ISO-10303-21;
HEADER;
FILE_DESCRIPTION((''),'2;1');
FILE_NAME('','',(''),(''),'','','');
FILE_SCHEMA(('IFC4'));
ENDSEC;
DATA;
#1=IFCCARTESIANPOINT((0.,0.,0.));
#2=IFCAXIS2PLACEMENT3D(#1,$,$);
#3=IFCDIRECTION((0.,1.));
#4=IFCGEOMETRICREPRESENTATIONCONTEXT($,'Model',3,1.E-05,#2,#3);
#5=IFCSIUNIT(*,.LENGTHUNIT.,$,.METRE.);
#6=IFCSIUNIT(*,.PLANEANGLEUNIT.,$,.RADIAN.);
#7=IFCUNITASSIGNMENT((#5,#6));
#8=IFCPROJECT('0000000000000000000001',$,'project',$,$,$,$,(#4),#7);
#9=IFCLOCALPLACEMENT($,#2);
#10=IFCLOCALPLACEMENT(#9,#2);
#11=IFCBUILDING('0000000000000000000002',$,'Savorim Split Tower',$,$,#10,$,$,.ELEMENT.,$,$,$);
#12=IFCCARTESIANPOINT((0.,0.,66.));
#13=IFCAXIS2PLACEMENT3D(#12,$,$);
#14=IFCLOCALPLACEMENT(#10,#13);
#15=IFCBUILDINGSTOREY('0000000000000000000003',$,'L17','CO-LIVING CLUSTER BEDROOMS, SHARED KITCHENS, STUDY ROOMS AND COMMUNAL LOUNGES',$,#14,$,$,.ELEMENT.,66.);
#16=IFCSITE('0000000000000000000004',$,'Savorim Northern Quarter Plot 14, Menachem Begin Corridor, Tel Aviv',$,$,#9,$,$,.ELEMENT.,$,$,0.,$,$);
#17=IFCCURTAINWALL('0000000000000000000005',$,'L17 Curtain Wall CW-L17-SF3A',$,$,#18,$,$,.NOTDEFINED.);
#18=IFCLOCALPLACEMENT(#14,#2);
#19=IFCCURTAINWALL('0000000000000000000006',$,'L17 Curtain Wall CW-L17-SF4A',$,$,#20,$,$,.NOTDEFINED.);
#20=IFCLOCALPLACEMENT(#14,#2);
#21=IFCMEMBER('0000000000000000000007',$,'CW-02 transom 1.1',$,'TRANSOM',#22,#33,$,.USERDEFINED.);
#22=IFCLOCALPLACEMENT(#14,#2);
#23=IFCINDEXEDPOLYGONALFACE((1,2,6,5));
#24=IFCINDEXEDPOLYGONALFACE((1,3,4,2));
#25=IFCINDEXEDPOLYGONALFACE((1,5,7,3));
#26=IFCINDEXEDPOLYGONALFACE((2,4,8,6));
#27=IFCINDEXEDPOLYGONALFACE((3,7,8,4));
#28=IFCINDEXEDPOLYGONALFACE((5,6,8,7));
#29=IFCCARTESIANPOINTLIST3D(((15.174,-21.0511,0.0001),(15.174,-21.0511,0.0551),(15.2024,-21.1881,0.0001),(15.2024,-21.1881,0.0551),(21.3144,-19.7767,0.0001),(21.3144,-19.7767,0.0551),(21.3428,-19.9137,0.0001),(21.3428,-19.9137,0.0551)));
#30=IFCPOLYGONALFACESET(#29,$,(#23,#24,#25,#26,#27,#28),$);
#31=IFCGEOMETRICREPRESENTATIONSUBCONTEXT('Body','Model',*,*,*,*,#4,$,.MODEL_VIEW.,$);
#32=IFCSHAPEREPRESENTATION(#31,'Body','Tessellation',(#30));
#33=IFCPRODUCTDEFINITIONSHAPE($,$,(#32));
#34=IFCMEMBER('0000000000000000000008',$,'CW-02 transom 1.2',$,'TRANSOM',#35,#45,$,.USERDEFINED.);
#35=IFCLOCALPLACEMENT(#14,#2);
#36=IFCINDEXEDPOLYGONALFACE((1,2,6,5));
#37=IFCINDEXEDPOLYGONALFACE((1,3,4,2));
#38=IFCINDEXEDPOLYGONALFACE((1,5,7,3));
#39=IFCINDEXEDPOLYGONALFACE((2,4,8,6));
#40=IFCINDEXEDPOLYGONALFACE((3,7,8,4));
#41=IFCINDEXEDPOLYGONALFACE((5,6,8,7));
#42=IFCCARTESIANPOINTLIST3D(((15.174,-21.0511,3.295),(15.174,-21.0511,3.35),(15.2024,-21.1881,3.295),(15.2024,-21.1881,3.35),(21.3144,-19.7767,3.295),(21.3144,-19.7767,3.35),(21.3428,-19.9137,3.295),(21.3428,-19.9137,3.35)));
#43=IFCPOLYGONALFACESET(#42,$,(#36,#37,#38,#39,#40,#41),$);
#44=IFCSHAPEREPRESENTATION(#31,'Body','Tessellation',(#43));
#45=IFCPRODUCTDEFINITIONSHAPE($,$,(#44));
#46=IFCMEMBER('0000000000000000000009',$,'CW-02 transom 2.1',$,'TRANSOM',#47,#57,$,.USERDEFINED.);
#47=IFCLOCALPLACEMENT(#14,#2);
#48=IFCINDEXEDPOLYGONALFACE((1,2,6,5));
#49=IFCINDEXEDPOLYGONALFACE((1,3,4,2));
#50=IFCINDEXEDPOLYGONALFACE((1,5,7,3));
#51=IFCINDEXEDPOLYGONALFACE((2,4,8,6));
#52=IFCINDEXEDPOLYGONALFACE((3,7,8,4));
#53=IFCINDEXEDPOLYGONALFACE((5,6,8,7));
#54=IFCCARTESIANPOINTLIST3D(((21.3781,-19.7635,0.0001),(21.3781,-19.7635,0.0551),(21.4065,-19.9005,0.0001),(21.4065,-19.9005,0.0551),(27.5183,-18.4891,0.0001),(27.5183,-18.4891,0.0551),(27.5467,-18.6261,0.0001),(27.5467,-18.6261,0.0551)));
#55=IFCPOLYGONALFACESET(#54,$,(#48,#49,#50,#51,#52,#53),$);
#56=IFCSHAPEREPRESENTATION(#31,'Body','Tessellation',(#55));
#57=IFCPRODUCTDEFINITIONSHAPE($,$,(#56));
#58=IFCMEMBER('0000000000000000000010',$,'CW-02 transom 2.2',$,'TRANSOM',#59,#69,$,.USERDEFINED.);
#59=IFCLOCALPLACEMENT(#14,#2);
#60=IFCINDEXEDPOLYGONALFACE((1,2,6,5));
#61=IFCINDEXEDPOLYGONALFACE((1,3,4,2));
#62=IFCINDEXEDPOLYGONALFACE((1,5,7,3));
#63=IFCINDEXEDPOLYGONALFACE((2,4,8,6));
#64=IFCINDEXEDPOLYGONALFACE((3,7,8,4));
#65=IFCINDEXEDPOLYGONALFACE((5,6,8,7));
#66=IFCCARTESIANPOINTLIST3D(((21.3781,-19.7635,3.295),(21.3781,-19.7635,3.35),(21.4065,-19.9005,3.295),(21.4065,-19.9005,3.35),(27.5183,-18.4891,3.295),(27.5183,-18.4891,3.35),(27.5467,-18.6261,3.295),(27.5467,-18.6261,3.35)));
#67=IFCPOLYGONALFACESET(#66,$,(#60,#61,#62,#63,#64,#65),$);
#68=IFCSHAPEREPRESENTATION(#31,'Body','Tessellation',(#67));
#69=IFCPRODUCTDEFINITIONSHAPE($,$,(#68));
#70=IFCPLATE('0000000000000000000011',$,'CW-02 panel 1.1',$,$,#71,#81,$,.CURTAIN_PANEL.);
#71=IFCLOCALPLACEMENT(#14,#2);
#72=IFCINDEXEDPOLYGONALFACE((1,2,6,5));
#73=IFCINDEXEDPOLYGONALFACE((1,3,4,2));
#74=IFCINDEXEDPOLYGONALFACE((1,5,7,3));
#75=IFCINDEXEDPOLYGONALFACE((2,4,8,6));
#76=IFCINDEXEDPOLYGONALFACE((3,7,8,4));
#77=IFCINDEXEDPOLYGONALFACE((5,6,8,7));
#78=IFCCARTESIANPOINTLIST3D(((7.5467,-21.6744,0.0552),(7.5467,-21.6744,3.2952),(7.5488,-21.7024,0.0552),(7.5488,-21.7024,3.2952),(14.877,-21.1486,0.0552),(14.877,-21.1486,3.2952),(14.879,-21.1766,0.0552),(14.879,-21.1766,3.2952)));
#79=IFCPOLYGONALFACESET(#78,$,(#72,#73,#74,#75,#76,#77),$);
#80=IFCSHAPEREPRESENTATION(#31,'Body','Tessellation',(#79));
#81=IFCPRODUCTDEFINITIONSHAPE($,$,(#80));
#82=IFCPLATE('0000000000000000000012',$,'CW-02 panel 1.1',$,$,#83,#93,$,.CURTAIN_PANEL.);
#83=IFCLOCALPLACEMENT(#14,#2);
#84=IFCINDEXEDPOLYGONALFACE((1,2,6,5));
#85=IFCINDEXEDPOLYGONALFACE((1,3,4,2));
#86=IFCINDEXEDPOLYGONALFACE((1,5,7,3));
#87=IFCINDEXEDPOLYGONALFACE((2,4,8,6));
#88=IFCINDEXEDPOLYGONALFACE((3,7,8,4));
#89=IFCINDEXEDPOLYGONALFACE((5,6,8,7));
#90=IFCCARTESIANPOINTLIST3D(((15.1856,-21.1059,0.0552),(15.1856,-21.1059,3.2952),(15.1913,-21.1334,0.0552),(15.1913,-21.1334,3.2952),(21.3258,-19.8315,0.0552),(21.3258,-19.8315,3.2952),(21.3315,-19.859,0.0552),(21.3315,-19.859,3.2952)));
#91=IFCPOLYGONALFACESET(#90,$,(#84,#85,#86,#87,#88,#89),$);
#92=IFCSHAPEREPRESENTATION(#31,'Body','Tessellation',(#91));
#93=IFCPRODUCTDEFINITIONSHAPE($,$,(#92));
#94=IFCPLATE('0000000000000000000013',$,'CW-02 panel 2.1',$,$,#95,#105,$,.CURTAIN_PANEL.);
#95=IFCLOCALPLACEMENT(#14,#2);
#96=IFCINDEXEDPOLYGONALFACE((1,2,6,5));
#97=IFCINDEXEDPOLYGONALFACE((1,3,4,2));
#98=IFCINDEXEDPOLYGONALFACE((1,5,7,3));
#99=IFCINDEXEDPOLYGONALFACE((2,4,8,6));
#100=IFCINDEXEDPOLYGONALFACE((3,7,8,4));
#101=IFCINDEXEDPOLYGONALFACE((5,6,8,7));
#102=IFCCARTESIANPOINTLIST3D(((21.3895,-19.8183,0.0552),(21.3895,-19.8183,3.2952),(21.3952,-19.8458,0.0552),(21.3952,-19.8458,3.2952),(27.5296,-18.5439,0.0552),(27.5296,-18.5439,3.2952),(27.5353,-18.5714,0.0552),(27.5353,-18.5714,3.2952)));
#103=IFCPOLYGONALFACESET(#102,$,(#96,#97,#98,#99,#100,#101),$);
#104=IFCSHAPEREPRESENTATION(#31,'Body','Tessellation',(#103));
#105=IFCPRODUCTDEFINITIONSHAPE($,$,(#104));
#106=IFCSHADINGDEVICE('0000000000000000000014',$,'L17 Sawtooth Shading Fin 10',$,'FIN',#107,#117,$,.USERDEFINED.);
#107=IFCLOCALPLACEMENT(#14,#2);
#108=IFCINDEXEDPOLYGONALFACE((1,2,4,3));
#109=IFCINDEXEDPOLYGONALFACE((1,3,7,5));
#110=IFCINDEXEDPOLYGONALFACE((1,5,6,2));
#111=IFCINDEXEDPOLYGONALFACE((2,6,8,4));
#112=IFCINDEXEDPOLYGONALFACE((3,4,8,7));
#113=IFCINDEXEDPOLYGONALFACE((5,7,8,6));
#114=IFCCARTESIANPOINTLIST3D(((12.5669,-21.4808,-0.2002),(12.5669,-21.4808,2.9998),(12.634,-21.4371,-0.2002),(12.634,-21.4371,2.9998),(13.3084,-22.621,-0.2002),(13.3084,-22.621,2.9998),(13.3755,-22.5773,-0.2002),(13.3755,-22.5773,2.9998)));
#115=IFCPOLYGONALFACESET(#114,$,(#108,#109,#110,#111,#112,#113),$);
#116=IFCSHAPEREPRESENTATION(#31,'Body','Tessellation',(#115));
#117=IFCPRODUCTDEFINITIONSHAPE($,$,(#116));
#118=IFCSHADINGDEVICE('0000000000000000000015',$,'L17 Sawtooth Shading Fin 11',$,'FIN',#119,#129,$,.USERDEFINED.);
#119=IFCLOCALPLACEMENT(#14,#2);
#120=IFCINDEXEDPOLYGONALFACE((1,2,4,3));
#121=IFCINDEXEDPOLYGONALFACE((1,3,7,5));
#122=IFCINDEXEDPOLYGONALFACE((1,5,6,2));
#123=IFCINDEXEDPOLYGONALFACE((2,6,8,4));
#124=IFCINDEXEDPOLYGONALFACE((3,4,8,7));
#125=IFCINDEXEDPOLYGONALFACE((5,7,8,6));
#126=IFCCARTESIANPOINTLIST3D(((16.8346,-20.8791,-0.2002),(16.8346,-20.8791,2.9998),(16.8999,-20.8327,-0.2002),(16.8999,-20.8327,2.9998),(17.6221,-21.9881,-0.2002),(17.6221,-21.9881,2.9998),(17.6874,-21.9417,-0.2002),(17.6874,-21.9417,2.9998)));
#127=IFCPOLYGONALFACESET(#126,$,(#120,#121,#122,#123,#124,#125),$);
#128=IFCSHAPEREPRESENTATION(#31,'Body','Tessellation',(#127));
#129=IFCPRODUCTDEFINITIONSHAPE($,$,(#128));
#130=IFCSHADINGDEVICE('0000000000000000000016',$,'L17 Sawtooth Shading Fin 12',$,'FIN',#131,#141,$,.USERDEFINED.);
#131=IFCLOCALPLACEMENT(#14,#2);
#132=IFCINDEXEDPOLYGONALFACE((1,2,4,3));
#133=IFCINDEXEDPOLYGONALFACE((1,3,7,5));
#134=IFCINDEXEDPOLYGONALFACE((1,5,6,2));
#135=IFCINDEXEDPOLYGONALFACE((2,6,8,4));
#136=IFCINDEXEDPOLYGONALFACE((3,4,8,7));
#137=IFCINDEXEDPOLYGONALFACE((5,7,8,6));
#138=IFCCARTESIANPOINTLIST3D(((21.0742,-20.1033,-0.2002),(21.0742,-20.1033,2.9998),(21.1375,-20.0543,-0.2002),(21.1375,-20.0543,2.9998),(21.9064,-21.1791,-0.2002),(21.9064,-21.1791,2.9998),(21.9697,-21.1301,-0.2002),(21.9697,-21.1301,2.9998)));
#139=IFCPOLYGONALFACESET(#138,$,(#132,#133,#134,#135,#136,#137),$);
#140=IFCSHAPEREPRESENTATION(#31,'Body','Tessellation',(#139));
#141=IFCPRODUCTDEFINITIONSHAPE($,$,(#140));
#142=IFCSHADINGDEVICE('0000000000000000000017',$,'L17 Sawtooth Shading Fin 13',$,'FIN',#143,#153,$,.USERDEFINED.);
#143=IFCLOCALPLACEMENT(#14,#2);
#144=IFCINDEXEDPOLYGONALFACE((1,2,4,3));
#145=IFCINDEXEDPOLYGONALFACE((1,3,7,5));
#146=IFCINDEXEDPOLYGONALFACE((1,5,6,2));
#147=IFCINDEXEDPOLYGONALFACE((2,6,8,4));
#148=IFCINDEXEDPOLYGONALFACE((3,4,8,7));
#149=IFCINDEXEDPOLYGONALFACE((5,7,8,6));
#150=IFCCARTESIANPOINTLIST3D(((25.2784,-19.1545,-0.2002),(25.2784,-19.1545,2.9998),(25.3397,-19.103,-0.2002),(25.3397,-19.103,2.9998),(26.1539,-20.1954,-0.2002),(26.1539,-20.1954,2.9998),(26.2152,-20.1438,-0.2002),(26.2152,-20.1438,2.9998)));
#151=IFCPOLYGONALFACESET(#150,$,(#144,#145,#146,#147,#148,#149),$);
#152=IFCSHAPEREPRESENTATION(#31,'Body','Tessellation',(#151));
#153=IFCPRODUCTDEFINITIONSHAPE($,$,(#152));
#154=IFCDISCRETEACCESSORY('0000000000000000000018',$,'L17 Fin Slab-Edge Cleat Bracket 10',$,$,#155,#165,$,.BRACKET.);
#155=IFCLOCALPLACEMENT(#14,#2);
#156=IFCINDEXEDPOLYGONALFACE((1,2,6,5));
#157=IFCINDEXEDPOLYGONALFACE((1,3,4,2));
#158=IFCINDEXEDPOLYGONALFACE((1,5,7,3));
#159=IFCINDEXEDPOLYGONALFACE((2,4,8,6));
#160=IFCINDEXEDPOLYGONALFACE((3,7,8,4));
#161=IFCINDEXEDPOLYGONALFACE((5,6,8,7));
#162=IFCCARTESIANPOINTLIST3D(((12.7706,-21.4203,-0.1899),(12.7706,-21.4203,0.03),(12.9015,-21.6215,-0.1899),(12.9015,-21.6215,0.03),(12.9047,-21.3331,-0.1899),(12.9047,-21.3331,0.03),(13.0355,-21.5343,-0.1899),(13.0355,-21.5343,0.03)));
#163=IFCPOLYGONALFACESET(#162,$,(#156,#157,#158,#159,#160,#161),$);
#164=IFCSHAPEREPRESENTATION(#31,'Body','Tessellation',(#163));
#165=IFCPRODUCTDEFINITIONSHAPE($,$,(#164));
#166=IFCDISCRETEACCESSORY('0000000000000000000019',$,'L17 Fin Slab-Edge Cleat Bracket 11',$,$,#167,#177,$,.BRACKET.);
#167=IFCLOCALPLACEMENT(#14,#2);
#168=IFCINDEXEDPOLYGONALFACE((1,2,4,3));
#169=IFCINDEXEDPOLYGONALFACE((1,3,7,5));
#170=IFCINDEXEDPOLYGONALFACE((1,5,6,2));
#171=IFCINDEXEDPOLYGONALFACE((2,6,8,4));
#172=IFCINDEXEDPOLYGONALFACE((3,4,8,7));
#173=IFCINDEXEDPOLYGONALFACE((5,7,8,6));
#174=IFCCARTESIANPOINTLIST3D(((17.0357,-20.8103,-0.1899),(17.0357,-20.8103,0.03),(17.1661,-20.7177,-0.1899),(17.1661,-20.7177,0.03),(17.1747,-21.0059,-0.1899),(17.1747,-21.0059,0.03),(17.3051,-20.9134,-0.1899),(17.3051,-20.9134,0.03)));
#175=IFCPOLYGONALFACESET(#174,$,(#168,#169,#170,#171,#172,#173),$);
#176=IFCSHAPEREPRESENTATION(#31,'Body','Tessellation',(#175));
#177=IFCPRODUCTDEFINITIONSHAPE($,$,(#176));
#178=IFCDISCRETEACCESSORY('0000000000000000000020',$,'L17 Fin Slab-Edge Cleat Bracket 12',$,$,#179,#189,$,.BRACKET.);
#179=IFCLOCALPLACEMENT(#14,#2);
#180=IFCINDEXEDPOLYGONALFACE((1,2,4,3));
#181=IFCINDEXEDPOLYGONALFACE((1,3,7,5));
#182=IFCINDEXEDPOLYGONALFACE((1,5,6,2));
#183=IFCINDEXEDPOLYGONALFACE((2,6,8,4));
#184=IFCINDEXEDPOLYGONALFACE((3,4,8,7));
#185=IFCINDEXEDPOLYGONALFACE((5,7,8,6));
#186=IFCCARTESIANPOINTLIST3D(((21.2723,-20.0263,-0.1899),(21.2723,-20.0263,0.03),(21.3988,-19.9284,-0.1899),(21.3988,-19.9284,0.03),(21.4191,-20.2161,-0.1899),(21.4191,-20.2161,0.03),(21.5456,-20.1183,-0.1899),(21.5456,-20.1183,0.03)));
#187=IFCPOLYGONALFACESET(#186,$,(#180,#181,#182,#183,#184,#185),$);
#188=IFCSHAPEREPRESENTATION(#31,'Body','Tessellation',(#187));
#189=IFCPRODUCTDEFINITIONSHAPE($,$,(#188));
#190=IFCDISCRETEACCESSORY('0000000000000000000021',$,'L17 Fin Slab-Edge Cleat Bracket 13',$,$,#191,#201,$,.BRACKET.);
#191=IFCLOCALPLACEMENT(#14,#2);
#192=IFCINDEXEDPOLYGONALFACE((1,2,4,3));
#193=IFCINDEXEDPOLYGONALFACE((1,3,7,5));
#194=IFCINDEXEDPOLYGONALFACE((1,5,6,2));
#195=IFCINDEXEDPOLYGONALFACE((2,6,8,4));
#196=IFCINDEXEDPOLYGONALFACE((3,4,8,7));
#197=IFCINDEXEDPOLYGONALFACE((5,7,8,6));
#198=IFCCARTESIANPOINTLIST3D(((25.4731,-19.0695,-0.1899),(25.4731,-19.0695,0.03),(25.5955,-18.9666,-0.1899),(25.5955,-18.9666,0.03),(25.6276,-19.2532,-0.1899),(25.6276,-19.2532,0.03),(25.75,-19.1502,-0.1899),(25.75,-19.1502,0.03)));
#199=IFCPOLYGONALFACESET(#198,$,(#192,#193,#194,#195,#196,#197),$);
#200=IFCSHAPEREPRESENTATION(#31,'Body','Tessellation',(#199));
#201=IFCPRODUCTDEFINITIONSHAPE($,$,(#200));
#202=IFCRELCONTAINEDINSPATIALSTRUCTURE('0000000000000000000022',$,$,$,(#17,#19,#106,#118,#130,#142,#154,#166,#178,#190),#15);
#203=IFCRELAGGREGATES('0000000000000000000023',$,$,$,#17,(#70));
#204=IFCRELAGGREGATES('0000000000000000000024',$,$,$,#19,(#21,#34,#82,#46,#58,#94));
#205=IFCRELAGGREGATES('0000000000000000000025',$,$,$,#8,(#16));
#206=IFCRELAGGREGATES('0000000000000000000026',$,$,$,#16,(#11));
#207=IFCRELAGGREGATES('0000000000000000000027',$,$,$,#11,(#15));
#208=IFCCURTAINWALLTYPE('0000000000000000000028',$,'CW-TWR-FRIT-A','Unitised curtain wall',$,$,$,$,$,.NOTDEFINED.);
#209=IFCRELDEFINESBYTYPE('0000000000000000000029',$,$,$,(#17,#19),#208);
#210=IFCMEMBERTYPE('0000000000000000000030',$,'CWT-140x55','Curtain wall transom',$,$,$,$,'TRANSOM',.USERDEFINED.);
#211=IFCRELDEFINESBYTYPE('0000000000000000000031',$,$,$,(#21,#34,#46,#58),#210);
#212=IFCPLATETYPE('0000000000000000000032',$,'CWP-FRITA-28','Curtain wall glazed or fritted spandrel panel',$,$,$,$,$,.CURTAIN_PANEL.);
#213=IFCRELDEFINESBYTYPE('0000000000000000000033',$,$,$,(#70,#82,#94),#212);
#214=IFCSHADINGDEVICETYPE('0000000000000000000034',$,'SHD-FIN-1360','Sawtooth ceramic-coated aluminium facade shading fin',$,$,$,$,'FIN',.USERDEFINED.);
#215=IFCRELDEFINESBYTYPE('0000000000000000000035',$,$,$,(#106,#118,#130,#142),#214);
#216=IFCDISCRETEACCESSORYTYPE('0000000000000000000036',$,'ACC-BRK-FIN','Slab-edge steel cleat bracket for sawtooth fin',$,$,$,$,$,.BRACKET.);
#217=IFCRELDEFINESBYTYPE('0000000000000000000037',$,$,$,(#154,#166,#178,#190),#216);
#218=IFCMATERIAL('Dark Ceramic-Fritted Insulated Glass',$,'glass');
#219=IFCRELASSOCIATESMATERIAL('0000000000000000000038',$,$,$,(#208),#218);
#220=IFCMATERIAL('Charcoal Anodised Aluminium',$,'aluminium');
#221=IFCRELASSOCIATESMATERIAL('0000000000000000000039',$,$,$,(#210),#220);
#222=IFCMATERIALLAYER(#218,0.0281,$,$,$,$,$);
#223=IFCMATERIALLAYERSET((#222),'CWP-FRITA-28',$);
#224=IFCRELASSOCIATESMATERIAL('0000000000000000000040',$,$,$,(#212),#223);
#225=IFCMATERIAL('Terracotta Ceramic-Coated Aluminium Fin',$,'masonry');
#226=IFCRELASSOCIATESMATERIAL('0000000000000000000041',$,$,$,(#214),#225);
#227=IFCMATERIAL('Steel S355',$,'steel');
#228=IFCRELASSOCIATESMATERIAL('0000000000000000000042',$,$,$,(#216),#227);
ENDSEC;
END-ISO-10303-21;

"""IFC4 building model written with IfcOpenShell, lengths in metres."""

from ifc_helpers import new_model, si_unit, direction, frame, origin, origin_2d, place, context, subcontext, project, spatial, rectangle, extrude, material, layer, layer_set, material_profile, profile_set, type_object, element, aggregate, save


model = new_model("IFC4")

# Units and contexts
model_context = context("Model", 3, precision=1e-05, world=origin(), true_north=direction((0.0, 1.0)))
body_context = subcontext(model_context, "Body", "Model", "MODEL_VIEW")
ifc_project = project(units=[si_unit("LENGTHUNIT", "METRE"), si_unit("PLANEANGLEUNIT", "RADIAN")], contexts=[model_context])

# Site, building, storey
site_placement = place(None, origin())
site = spatial("IfcSite", under=ifc_project, at=site_placement, Name="Savorim Northern Quarter Plot 14, Menachem Begin Corridor, Tel Aviv", CompositionType="ELEMENT", RefElevation=0.0)
building_placement = place(site_placement, origin())
building = spatial("IfcBuilding", under=site, at=building_placement, Name="Savorim Split Tower", CompositionType="ELEMENT")
storey_placement = place(building_placement, frame((0.0, 0.0, 66.0)))
storey = spatial("IfcBuildingStorey", under=building, at=storey_placement, Name="L17", Description="CO-LIVING CLUSTER BEDROOMS, SHARED KITCHENS, STUDY ROOMS AND COMMUNAL LOUNGES", CompositionType="ELEMENT", Elevation=66.0)

# Shared definitions
ifc_material_1 = material(Name="Steel S355", Category="steel")

# Curtain wall
ifc_material_2 = material(Name="Dark Ceramic-Fritted Insulated Glass", Category="glass")
curtain_wall_type = type_object("IfcCurtainWallType", Name="CW-TWR-FRIT-A", Description="Unitised curtain wall", PredefinedType="NOTDEFINED", material=ifc_material_2)
curtain_wall_1_placement = place(storey_placement, origin())
curtain_wall_1 = element("IfcCurtainWall", 1, at=curtain_wall_1_placement, inside=storey, type_object=curtain_wall_type, Name="L17 Curtain Wall CW-L17-SF3A", PredefinedType="NOTDEFINED")
ifc_material_3 = material(Name="Charcoal Anodised Aluminium", Category="aluminium")

# Curtain wall, members
curtain_wall_2_placement = place(storey_placement, origin())
curtain_wall_2 = element("IfcCurtainWall", 2, at=curtain_wall_2_placement, inside=storey, type_object=curtain_wall_type, Name="L17 Curtain Wall CW-L17-SF4A", PredefinedType="NOTDEFINED")
ifc_material_profile_1 = material_profile(ifc_material_3, rectangle(XDim=0.1399, YDim=0.0549, at=origin_2d()), Name="ALU-T 140x55")
ifc_profile_set_1 = profile_set([ifc_material_profile_1], Name="Charcoal Anodised Aluminium")
member_type_1 = type_object("IfcMemberType", Name="CWT-140x55", Description="Curtain wall transom", ElementType="TRANSOM", PredefinedType="USERDEFINED", material=ifc_profile_set_1)
member_1_placement = place(storey_placement, frame((15.1882, -21.1196, 0.0276), z_axis=(0.979134, 0.203216, 0.0), x_axis=(-0.203216, 0.979134, 0.0)))
member_1 = element("IfcMember", 3, at=member_1_placement, type_object=member_type_1, Name="CW-02 transom 1.1", ObjectType="TRANSOM", PredefinedType="USERDEFINED", context=body_context, shape_type="SweptSolid", body=[
    extrude(rectangle(XDim=0.1399, YDim=0.0549, at=origin_2d()), origin(), (0.0, 0.0, 1.0), 6.2712),
])
member_2_placement = place(storey_placement, frame((15.1882, -21.1196, 3.3225), z_axis=(0.979134, 0.203216, 0.0), x_axis=(-0.203216, 0.979134, 0.0)))
member_2 = element("IfcMember", 4, at=member_2_placement, type_object=member_type_1, Name="CW-02 transom 1.2", ObjectType="TRANSOM", PredefinedType="USERDEFINED", context=body_context, shape_type="SweptSolid", body=[
    extrude(rectangle(XDim=0.1399, YDim=0.0549, at=origin_2d()), origin(), (0.0, 0.0, 1.0), 6.2712),
])
member_3_placement = place(storey_placement, frame((21.3923, -19.832, 0.0276), z_axis=(0.979132, 0.203223, 0.0), x_axis=(-0.203223, 0.979132, 0.0)))
member_3 = element("IfcMember", 5, at=member_3_placement, type_object=member_type_1, Name="CW-02 transom 2.1", ObjectType="TRANSOM", PredefinedType="USERDEFINED", context=body_context, shape_type="SweptSolid", body=[
    extrude(rectangle(XDim=0.1399, YDim=0.0549, at=origin_2d()), origin(), (0.0, 0.0, 1.0), 6.271),
])
member_4_placement = place(storey_placement, frame((21.3923, -19.832, 3.3225), z_axis=(0.979132, 0.203223, 0.0), x_axis=(-0.203223, 0.979132, 0.0)))
member_4 = element("IfcMember", 6, at=member_4_placement, type_object=member_type_1, Name="CW-02 transom 2.2", ObjectType="TRANSOM", PredefinedType="USERDEFINED", context=body_context, shape_type="SweptSolid", body=[
    extrude(rectangle(XDim=0.1399, YDim=0.0549, at=origin_2d()), origin(), (0.0, 0.0, 1.0), 6.271),
])

# Plates
ifc_layer = layer(ifc_material_2, 0.0281)
ifc_layer_set = layer_set([ifc_layer], Name="CWP-FRITA-28")
plate_type = type_object("IfcPlateType", Name="CWP-FRITA-28", Description="Curtain wall glazed or fritted spandrel panel", PredefinedType="CURTAIN_PANEL", material=ifc_layer_set)
plate_1_placement = place(storey_placement, frame((11.2129, -21.4255, 0.0552), z_axis=(0.0, 0.0, 1.0), x_axis=(0.997437, 0.071546, 0.0)))
plate_1 = element("IfcPlate", 7, at=plate_1_placement, type_object=plate_type, Name="CW-02 panel 1.1", PredefinedType="CURTAIN_PANEL", context=body_context, shape_type="SweptSolid", body=[
    extrude(rectangle(XDim=7.3491, YDim=0.0281, at=origin_2d()), origin(), (0.0, 0.0, 1.0), 3.24),
])
aggregate(curtain_wall_1, [plate_1])
plate_2_placement = place(storey_placement, frame((18.2585, -20.4824, 0.0552), z_axis=(0.0, 0.0, 1.0), x_axis=(0.979134, 0.203216, 0.0)))
plate_2 = element("IfcPlate", 8, at=plate_2_placement, type_object=plate_type, Name="CW-02 panel 1.1", PredefinedType="CURTAIN_PANEL", context=body_context, shape_type="SweptSolid", body=[
    extrude(rectangle(XDim=6.271, YDim=0.0281, at=origin_2d()), origin(), (0.0, 0.0, 1.0), 3.24),
])
plate_3_placement = place(storey_placement, frame((24.4624, -19.1948, 0.0552), z_axis=(0.0, 0.0, 1.0), x_axis=(0.979134, 0.203216, 0.0)))
plate_3 = element("IfcPlate", 9, at=plate_3_placement, type_object=plate_type, Name="CW-02 panel 2.1", PredefinedType="CURTAIN_PANEL", context=body_context, shape_type="SweptSolid", body=[
    extrude(rectangle(XDim=6.271, YDim=0.0281, at=origin_2d()), origin(), (0.0, 0.0, 1.0), 3.24),
])
aggregate(curtain_wall_2, [member_1, member_2, plate_2, member_3, member_4, plate_3])

# Shading devices
ifc_material_4 = material(Name="Terracotta Ceramic-Coated Aluminium Fin", Category="masonry")
shading_device_type = type_object("IfcShadingDeviceType", Name="SHD-FIN-1360", Description="Sawtooth ceramic-coated aluminium facade shading fin", ElementType="FIN", PredefinedType="USERDEFINED", material=ifc_material_4)
for number, where, z_axis, x_axis, name in (
    (10, (12.9712, -22.0291, -0.2002), (0.0, 0.0, 1.0), (0.545148, -0.83834, 0.0), "L17 Sawtooth Shading Fin 10"),
    (11, (17.261, -21.4104, -0.2002), (0.0, 0.0, 1.0), (0.578994, -0.815332, 0.0), "L17 Sawtooth Shading Fin 11"),
    (12, (21.522, -20.6167, -0.2002), (0.0, 0.0, 1.0), (0.611868, -0.79096, 0.0), "L17 Sawtooth Shading Fin 12"),
    (13, (25.7468, -19.6492, -0.2002), (0.0, 0.0, 1.0), (0.643719, -0.765262, 0.0), "L17 Sawtooth Shading Fin 13"),
):
    element("IfcShadingDevice", number, at=place(storey_placement, frame(where, z_axis=z_axis, x_axis=x_axis)), inside=storey, type_object=shading_device_type, Name=name, ObjectType="FIN", PredefinedType="USERDEFINED", context=body_context, shape_type="SweptSolid", body=[
        extrude(rectangle(XDim=1.3601, YDim=0.0801, at=origin_2d()), origin(), (0.0, 0.0, 1.0), 3.2),
    ])

# Discrete accessories
discrete_accessory_type = type_object("IfcDiscreteAccessoryType", Name="ACC-BRK-FIN", Description="Slab-edge steel cleat bracket for sawtooth fin", PredefinedType="BRACKET", material=ifc_material_1)
for number, where, z_axis, x_axis, name in (
    (14, (12.9031, -21.4773, -0.1899), (0.0, 0.0, 1.0), (0.545148, -0.83834, 0.0), "L17 Fin Slab-Edge Cleat Bracket 10"),
    (15, (17.1704, -20.8618, -0.1899), (0.0, 0.0, 1.0), (0.578994, -0.815332, 0.0), "L17 Fin Slab-Edge Cleat Bracket 11"),
    (16, (21.4089, -20.0723, -0.1899), (0.0, 0.0, 1.0), (0.611868, -0.79096, 0.0), "L17 Fin Slab-Edge Cleat Bracket 12"),
    (17, (25.6116, -19.1099, -0.1899), (0.0, 0.0, 1.0), (0.643719, -0.765262, 0.0), "L17 Fin Slab-Edge Cleat Bracket 13"),
):
    element("IfcDiscreteAccessory", number, at=place(storey_placement, frame(where, z_axis=z_axis, x_axis=x_axis)), inside=storey, type_object=discrete_accessory_type, Name=name, PredefinedType="BRACKET", context=body_context, shape_type="SweptSolid", body=[
        extrude(rectangle(XDim=0.24, YDim=0.1599, at=origin_2d()), origin(), (0.0, 0.0, 1.0), 0.22),
    ])

save(model, "model.ifc")
